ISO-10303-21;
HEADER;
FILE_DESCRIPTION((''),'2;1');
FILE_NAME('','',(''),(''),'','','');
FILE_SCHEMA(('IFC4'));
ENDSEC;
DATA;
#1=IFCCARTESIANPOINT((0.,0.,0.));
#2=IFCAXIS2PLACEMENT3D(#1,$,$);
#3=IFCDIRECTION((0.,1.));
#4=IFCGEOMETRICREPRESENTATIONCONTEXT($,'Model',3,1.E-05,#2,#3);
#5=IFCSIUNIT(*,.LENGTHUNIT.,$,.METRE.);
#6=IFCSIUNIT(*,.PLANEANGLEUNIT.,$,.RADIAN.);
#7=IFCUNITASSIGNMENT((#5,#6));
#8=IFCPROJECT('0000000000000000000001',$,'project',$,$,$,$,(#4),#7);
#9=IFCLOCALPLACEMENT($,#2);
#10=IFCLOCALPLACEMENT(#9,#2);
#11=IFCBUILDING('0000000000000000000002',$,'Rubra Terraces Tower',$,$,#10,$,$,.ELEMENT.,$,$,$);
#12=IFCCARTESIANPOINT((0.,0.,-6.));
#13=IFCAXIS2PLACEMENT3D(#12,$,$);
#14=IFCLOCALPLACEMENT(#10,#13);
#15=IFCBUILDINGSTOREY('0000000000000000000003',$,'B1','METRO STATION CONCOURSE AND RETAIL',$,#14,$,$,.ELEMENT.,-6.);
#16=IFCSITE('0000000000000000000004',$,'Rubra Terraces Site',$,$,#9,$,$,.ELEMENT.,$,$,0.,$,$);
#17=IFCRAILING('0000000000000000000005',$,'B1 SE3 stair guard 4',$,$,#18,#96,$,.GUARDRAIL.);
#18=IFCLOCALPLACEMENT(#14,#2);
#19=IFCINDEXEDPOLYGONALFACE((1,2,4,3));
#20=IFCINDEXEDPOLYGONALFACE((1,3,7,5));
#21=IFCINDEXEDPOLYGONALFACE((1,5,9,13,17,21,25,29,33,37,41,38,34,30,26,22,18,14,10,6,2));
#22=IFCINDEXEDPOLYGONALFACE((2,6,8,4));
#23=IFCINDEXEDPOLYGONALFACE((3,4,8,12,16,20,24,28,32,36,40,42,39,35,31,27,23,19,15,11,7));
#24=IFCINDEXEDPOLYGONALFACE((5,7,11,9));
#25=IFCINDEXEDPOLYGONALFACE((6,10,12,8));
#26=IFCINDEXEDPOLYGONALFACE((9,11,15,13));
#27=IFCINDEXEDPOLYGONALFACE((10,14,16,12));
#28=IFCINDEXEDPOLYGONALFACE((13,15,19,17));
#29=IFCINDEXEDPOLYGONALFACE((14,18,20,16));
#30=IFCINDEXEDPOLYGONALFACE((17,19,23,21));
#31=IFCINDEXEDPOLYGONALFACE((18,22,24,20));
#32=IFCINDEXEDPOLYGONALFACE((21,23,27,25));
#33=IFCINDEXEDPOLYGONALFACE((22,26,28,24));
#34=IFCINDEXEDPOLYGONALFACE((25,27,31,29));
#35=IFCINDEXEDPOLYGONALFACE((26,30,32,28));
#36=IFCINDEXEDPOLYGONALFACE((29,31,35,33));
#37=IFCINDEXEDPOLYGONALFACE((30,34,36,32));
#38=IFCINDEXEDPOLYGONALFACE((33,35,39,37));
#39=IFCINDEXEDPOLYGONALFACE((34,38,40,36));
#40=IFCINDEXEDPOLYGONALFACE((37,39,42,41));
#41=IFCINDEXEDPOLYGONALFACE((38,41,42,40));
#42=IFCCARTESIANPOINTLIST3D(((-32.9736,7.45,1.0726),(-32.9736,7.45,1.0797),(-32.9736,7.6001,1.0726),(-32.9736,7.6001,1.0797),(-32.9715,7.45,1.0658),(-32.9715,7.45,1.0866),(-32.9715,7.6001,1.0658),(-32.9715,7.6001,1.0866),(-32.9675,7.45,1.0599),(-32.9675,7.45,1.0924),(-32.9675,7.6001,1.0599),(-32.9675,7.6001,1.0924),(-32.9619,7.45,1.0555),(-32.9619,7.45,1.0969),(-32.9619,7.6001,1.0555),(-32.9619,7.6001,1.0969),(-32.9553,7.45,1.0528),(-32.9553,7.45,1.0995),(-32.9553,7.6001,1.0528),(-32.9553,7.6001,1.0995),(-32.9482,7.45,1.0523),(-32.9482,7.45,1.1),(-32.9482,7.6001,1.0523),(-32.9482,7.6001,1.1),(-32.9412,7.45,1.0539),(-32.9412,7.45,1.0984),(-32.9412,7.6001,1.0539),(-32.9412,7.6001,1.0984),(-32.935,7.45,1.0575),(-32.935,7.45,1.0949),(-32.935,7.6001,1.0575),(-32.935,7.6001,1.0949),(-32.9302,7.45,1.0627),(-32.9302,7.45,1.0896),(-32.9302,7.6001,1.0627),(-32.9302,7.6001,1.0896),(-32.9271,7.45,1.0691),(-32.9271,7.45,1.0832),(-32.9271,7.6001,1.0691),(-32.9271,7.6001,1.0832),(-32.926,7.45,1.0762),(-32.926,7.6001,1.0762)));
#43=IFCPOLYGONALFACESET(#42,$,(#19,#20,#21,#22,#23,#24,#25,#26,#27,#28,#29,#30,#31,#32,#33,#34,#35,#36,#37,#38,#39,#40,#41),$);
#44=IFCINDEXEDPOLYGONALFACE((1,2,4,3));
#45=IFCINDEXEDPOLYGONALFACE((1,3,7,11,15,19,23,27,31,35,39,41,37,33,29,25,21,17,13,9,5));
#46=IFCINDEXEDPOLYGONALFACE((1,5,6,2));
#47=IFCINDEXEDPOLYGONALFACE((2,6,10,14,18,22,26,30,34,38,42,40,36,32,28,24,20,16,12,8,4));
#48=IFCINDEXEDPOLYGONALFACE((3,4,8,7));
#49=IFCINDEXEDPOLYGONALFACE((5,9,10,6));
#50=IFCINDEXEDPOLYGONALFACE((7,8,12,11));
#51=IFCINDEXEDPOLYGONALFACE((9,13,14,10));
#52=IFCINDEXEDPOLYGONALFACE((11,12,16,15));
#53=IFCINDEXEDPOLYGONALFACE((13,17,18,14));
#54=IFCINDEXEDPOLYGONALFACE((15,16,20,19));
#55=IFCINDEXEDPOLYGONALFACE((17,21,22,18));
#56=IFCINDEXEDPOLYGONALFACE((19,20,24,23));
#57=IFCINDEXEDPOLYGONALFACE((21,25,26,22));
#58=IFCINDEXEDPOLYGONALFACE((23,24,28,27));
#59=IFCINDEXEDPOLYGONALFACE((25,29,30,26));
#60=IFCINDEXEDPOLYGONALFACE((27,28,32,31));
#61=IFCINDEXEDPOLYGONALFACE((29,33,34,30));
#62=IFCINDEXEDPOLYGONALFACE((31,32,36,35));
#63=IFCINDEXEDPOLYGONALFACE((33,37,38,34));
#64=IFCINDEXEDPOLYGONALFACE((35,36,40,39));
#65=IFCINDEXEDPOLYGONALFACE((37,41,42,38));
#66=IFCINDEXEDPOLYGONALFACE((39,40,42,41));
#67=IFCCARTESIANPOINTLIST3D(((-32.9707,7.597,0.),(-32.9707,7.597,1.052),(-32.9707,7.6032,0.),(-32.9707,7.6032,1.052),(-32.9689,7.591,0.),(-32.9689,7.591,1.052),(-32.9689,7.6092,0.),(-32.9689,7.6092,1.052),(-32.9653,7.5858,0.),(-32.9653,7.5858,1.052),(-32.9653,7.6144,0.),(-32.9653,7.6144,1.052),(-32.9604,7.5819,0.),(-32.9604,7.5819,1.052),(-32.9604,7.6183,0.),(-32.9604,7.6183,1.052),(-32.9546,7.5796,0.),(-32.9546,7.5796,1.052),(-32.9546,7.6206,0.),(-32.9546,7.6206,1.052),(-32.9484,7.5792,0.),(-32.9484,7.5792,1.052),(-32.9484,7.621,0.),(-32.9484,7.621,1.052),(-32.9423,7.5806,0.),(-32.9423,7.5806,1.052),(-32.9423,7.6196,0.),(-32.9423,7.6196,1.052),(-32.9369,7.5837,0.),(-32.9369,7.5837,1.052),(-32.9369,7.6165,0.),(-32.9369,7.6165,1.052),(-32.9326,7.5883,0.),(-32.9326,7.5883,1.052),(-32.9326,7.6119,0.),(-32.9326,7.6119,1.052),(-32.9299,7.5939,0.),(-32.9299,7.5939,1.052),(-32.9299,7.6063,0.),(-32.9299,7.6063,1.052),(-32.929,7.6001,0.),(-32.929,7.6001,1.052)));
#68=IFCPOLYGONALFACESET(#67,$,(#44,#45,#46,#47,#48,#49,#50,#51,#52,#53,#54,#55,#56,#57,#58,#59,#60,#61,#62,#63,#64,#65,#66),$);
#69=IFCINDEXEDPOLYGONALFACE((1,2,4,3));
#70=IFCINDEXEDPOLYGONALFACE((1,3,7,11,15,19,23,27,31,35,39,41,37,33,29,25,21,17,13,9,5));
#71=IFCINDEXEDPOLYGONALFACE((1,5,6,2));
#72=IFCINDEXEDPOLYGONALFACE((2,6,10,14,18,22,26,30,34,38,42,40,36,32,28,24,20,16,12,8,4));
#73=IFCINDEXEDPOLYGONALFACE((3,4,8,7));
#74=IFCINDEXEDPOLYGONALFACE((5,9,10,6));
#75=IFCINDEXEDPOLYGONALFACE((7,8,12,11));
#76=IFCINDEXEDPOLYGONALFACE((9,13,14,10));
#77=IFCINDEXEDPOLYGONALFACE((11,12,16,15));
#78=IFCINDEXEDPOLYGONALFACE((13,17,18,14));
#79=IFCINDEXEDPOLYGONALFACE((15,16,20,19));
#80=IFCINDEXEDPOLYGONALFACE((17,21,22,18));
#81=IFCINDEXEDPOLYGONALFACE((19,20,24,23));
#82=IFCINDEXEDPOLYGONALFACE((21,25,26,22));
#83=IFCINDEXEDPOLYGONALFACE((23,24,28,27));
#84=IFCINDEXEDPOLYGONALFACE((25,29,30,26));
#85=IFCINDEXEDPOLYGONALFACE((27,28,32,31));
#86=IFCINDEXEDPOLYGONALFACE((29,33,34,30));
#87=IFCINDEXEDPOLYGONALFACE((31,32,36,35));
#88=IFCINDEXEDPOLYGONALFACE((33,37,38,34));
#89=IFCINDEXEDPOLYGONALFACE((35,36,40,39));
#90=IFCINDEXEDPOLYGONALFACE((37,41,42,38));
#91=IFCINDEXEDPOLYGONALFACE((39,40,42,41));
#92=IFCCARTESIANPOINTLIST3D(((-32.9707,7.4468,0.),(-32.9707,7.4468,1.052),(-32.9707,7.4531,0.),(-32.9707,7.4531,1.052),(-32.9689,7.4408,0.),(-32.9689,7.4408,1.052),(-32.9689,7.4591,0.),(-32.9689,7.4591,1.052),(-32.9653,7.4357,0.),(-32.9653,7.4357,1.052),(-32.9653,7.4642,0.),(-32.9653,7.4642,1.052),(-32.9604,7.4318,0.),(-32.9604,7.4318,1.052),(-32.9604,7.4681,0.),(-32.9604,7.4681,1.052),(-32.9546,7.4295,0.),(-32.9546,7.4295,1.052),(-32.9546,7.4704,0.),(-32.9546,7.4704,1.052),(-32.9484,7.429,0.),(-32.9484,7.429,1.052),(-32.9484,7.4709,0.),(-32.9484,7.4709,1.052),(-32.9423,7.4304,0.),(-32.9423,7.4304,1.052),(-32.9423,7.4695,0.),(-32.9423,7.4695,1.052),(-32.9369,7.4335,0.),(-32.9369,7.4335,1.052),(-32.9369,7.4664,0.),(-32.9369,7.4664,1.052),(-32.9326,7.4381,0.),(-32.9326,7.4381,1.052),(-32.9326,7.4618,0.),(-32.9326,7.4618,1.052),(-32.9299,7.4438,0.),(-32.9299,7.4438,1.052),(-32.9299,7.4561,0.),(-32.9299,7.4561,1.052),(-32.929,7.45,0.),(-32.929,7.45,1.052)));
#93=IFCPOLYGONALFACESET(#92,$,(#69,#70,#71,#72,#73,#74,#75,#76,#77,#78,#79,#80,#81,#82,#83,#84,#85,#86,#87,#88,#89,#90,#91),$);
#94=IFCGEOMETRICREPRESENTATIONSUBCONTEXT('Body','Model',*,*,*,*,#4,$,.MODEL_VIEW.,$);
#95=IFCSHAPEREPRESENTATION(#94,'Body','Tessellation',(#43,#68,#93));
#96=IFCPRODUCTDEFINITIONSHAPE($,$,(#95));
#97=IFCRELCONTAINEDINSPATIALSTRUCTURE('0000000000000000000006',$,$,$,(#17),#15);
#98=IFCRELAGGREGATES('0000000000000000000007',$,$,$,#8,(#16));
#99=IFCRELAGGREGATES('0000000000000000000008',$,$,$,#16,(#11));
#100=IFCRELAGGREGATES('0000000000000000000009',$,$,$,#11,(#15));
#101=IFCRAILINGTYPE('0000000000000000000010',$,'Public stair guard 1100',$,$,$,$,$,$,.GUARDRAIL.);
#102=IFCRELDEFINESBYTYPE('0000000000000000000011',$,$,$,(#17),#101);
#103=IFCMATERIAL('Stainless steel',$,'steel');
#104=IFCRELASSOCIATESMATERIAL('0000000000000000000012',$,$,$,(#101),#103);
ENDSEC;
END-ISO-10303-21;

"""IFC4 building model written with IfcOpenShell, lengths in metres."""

from ifc_helpers import new_model, si_unit, direction, frame, origin, origin_2d, place, context, subcontext, project, spatial, circle, extrude, material, type_object, element, save


model = new_model("IFC4")

# Units and contexts
model_context = context("Model", 3, precision=1e-05, world=origin(), true_north=direction((0.0, 1.0)))
body_context = subcontext(model_context, "Body", "Model", "MODEL_VIEW")
ifc_project = project(units=[si_unit("LENGTHUNIT", "METRE"), si_unit("PLANEANGLEUNIT", "RADIAN")], contexts=[model_context])

# Site, building, storey
site_placement = place(None, origin())
site = spatial("IfcSite", under=ifc_project, at=site_placement, Name="Rubra Terraces Site", CompositionType="ELEMENT", RefElevation=0.0)
building_placement = place(site_placement, origin())
building = spatial("IfcBuilding", under=site, at=building_placement, Name="Rubra Terraces Tower", CompositionType="ELEMENT")
storey_placement = place(building_placement, frame((0.0, 0.0, -6.0)))
storey = spatial("IfcBuildingStorey", under=building, at=storey_placement, Name="B1", Description="METRO STATION CONCOURSE AND RETAIL", CompositionType="ELEMENT", Elevation=-6.0)

# Railing
ifc_material_1 = material(Name="Stainless steel", Category="steel")
railing_type_1 = type_object("IfcRailingType", Name="Public stair guard 1100", PredefinedType="GUARDRAIL", material=ifc_material_1)
railing_1_placement = place(storey_placement, frame((-32.95, 7.6001, 0.0)))
element("IfcRailing", 1, at=railing_1_placement, inside=storey, type_object=railing_type_1, Name="B1 SE3 stair guard 4", PredefinedType="GUARDRAIL", context=body_context, shape_type="SweptSolid", body=[
    extrude(circle(Radius=0.0239, at=origin_2d()), frame((0.0, 0.0, 1.0762), z_axis=(0.0, -1.0, 0.0), x_axis=(1.0, 0.0, 0.0)), (0.0, 0.0, 1.0), 0.1501),
    extrude(circle(Radius=0.021, at=origin_2d()), origin(), (0.0, 0.0, 1.0), 1.052),
    extrude(circle(Radius=0.021, at=origin_2d()), frame((0.0, -0.1501, 0.0)), (0.0, 0.0, 1.0), 1.052),
])

save(model, "model.ifc")
